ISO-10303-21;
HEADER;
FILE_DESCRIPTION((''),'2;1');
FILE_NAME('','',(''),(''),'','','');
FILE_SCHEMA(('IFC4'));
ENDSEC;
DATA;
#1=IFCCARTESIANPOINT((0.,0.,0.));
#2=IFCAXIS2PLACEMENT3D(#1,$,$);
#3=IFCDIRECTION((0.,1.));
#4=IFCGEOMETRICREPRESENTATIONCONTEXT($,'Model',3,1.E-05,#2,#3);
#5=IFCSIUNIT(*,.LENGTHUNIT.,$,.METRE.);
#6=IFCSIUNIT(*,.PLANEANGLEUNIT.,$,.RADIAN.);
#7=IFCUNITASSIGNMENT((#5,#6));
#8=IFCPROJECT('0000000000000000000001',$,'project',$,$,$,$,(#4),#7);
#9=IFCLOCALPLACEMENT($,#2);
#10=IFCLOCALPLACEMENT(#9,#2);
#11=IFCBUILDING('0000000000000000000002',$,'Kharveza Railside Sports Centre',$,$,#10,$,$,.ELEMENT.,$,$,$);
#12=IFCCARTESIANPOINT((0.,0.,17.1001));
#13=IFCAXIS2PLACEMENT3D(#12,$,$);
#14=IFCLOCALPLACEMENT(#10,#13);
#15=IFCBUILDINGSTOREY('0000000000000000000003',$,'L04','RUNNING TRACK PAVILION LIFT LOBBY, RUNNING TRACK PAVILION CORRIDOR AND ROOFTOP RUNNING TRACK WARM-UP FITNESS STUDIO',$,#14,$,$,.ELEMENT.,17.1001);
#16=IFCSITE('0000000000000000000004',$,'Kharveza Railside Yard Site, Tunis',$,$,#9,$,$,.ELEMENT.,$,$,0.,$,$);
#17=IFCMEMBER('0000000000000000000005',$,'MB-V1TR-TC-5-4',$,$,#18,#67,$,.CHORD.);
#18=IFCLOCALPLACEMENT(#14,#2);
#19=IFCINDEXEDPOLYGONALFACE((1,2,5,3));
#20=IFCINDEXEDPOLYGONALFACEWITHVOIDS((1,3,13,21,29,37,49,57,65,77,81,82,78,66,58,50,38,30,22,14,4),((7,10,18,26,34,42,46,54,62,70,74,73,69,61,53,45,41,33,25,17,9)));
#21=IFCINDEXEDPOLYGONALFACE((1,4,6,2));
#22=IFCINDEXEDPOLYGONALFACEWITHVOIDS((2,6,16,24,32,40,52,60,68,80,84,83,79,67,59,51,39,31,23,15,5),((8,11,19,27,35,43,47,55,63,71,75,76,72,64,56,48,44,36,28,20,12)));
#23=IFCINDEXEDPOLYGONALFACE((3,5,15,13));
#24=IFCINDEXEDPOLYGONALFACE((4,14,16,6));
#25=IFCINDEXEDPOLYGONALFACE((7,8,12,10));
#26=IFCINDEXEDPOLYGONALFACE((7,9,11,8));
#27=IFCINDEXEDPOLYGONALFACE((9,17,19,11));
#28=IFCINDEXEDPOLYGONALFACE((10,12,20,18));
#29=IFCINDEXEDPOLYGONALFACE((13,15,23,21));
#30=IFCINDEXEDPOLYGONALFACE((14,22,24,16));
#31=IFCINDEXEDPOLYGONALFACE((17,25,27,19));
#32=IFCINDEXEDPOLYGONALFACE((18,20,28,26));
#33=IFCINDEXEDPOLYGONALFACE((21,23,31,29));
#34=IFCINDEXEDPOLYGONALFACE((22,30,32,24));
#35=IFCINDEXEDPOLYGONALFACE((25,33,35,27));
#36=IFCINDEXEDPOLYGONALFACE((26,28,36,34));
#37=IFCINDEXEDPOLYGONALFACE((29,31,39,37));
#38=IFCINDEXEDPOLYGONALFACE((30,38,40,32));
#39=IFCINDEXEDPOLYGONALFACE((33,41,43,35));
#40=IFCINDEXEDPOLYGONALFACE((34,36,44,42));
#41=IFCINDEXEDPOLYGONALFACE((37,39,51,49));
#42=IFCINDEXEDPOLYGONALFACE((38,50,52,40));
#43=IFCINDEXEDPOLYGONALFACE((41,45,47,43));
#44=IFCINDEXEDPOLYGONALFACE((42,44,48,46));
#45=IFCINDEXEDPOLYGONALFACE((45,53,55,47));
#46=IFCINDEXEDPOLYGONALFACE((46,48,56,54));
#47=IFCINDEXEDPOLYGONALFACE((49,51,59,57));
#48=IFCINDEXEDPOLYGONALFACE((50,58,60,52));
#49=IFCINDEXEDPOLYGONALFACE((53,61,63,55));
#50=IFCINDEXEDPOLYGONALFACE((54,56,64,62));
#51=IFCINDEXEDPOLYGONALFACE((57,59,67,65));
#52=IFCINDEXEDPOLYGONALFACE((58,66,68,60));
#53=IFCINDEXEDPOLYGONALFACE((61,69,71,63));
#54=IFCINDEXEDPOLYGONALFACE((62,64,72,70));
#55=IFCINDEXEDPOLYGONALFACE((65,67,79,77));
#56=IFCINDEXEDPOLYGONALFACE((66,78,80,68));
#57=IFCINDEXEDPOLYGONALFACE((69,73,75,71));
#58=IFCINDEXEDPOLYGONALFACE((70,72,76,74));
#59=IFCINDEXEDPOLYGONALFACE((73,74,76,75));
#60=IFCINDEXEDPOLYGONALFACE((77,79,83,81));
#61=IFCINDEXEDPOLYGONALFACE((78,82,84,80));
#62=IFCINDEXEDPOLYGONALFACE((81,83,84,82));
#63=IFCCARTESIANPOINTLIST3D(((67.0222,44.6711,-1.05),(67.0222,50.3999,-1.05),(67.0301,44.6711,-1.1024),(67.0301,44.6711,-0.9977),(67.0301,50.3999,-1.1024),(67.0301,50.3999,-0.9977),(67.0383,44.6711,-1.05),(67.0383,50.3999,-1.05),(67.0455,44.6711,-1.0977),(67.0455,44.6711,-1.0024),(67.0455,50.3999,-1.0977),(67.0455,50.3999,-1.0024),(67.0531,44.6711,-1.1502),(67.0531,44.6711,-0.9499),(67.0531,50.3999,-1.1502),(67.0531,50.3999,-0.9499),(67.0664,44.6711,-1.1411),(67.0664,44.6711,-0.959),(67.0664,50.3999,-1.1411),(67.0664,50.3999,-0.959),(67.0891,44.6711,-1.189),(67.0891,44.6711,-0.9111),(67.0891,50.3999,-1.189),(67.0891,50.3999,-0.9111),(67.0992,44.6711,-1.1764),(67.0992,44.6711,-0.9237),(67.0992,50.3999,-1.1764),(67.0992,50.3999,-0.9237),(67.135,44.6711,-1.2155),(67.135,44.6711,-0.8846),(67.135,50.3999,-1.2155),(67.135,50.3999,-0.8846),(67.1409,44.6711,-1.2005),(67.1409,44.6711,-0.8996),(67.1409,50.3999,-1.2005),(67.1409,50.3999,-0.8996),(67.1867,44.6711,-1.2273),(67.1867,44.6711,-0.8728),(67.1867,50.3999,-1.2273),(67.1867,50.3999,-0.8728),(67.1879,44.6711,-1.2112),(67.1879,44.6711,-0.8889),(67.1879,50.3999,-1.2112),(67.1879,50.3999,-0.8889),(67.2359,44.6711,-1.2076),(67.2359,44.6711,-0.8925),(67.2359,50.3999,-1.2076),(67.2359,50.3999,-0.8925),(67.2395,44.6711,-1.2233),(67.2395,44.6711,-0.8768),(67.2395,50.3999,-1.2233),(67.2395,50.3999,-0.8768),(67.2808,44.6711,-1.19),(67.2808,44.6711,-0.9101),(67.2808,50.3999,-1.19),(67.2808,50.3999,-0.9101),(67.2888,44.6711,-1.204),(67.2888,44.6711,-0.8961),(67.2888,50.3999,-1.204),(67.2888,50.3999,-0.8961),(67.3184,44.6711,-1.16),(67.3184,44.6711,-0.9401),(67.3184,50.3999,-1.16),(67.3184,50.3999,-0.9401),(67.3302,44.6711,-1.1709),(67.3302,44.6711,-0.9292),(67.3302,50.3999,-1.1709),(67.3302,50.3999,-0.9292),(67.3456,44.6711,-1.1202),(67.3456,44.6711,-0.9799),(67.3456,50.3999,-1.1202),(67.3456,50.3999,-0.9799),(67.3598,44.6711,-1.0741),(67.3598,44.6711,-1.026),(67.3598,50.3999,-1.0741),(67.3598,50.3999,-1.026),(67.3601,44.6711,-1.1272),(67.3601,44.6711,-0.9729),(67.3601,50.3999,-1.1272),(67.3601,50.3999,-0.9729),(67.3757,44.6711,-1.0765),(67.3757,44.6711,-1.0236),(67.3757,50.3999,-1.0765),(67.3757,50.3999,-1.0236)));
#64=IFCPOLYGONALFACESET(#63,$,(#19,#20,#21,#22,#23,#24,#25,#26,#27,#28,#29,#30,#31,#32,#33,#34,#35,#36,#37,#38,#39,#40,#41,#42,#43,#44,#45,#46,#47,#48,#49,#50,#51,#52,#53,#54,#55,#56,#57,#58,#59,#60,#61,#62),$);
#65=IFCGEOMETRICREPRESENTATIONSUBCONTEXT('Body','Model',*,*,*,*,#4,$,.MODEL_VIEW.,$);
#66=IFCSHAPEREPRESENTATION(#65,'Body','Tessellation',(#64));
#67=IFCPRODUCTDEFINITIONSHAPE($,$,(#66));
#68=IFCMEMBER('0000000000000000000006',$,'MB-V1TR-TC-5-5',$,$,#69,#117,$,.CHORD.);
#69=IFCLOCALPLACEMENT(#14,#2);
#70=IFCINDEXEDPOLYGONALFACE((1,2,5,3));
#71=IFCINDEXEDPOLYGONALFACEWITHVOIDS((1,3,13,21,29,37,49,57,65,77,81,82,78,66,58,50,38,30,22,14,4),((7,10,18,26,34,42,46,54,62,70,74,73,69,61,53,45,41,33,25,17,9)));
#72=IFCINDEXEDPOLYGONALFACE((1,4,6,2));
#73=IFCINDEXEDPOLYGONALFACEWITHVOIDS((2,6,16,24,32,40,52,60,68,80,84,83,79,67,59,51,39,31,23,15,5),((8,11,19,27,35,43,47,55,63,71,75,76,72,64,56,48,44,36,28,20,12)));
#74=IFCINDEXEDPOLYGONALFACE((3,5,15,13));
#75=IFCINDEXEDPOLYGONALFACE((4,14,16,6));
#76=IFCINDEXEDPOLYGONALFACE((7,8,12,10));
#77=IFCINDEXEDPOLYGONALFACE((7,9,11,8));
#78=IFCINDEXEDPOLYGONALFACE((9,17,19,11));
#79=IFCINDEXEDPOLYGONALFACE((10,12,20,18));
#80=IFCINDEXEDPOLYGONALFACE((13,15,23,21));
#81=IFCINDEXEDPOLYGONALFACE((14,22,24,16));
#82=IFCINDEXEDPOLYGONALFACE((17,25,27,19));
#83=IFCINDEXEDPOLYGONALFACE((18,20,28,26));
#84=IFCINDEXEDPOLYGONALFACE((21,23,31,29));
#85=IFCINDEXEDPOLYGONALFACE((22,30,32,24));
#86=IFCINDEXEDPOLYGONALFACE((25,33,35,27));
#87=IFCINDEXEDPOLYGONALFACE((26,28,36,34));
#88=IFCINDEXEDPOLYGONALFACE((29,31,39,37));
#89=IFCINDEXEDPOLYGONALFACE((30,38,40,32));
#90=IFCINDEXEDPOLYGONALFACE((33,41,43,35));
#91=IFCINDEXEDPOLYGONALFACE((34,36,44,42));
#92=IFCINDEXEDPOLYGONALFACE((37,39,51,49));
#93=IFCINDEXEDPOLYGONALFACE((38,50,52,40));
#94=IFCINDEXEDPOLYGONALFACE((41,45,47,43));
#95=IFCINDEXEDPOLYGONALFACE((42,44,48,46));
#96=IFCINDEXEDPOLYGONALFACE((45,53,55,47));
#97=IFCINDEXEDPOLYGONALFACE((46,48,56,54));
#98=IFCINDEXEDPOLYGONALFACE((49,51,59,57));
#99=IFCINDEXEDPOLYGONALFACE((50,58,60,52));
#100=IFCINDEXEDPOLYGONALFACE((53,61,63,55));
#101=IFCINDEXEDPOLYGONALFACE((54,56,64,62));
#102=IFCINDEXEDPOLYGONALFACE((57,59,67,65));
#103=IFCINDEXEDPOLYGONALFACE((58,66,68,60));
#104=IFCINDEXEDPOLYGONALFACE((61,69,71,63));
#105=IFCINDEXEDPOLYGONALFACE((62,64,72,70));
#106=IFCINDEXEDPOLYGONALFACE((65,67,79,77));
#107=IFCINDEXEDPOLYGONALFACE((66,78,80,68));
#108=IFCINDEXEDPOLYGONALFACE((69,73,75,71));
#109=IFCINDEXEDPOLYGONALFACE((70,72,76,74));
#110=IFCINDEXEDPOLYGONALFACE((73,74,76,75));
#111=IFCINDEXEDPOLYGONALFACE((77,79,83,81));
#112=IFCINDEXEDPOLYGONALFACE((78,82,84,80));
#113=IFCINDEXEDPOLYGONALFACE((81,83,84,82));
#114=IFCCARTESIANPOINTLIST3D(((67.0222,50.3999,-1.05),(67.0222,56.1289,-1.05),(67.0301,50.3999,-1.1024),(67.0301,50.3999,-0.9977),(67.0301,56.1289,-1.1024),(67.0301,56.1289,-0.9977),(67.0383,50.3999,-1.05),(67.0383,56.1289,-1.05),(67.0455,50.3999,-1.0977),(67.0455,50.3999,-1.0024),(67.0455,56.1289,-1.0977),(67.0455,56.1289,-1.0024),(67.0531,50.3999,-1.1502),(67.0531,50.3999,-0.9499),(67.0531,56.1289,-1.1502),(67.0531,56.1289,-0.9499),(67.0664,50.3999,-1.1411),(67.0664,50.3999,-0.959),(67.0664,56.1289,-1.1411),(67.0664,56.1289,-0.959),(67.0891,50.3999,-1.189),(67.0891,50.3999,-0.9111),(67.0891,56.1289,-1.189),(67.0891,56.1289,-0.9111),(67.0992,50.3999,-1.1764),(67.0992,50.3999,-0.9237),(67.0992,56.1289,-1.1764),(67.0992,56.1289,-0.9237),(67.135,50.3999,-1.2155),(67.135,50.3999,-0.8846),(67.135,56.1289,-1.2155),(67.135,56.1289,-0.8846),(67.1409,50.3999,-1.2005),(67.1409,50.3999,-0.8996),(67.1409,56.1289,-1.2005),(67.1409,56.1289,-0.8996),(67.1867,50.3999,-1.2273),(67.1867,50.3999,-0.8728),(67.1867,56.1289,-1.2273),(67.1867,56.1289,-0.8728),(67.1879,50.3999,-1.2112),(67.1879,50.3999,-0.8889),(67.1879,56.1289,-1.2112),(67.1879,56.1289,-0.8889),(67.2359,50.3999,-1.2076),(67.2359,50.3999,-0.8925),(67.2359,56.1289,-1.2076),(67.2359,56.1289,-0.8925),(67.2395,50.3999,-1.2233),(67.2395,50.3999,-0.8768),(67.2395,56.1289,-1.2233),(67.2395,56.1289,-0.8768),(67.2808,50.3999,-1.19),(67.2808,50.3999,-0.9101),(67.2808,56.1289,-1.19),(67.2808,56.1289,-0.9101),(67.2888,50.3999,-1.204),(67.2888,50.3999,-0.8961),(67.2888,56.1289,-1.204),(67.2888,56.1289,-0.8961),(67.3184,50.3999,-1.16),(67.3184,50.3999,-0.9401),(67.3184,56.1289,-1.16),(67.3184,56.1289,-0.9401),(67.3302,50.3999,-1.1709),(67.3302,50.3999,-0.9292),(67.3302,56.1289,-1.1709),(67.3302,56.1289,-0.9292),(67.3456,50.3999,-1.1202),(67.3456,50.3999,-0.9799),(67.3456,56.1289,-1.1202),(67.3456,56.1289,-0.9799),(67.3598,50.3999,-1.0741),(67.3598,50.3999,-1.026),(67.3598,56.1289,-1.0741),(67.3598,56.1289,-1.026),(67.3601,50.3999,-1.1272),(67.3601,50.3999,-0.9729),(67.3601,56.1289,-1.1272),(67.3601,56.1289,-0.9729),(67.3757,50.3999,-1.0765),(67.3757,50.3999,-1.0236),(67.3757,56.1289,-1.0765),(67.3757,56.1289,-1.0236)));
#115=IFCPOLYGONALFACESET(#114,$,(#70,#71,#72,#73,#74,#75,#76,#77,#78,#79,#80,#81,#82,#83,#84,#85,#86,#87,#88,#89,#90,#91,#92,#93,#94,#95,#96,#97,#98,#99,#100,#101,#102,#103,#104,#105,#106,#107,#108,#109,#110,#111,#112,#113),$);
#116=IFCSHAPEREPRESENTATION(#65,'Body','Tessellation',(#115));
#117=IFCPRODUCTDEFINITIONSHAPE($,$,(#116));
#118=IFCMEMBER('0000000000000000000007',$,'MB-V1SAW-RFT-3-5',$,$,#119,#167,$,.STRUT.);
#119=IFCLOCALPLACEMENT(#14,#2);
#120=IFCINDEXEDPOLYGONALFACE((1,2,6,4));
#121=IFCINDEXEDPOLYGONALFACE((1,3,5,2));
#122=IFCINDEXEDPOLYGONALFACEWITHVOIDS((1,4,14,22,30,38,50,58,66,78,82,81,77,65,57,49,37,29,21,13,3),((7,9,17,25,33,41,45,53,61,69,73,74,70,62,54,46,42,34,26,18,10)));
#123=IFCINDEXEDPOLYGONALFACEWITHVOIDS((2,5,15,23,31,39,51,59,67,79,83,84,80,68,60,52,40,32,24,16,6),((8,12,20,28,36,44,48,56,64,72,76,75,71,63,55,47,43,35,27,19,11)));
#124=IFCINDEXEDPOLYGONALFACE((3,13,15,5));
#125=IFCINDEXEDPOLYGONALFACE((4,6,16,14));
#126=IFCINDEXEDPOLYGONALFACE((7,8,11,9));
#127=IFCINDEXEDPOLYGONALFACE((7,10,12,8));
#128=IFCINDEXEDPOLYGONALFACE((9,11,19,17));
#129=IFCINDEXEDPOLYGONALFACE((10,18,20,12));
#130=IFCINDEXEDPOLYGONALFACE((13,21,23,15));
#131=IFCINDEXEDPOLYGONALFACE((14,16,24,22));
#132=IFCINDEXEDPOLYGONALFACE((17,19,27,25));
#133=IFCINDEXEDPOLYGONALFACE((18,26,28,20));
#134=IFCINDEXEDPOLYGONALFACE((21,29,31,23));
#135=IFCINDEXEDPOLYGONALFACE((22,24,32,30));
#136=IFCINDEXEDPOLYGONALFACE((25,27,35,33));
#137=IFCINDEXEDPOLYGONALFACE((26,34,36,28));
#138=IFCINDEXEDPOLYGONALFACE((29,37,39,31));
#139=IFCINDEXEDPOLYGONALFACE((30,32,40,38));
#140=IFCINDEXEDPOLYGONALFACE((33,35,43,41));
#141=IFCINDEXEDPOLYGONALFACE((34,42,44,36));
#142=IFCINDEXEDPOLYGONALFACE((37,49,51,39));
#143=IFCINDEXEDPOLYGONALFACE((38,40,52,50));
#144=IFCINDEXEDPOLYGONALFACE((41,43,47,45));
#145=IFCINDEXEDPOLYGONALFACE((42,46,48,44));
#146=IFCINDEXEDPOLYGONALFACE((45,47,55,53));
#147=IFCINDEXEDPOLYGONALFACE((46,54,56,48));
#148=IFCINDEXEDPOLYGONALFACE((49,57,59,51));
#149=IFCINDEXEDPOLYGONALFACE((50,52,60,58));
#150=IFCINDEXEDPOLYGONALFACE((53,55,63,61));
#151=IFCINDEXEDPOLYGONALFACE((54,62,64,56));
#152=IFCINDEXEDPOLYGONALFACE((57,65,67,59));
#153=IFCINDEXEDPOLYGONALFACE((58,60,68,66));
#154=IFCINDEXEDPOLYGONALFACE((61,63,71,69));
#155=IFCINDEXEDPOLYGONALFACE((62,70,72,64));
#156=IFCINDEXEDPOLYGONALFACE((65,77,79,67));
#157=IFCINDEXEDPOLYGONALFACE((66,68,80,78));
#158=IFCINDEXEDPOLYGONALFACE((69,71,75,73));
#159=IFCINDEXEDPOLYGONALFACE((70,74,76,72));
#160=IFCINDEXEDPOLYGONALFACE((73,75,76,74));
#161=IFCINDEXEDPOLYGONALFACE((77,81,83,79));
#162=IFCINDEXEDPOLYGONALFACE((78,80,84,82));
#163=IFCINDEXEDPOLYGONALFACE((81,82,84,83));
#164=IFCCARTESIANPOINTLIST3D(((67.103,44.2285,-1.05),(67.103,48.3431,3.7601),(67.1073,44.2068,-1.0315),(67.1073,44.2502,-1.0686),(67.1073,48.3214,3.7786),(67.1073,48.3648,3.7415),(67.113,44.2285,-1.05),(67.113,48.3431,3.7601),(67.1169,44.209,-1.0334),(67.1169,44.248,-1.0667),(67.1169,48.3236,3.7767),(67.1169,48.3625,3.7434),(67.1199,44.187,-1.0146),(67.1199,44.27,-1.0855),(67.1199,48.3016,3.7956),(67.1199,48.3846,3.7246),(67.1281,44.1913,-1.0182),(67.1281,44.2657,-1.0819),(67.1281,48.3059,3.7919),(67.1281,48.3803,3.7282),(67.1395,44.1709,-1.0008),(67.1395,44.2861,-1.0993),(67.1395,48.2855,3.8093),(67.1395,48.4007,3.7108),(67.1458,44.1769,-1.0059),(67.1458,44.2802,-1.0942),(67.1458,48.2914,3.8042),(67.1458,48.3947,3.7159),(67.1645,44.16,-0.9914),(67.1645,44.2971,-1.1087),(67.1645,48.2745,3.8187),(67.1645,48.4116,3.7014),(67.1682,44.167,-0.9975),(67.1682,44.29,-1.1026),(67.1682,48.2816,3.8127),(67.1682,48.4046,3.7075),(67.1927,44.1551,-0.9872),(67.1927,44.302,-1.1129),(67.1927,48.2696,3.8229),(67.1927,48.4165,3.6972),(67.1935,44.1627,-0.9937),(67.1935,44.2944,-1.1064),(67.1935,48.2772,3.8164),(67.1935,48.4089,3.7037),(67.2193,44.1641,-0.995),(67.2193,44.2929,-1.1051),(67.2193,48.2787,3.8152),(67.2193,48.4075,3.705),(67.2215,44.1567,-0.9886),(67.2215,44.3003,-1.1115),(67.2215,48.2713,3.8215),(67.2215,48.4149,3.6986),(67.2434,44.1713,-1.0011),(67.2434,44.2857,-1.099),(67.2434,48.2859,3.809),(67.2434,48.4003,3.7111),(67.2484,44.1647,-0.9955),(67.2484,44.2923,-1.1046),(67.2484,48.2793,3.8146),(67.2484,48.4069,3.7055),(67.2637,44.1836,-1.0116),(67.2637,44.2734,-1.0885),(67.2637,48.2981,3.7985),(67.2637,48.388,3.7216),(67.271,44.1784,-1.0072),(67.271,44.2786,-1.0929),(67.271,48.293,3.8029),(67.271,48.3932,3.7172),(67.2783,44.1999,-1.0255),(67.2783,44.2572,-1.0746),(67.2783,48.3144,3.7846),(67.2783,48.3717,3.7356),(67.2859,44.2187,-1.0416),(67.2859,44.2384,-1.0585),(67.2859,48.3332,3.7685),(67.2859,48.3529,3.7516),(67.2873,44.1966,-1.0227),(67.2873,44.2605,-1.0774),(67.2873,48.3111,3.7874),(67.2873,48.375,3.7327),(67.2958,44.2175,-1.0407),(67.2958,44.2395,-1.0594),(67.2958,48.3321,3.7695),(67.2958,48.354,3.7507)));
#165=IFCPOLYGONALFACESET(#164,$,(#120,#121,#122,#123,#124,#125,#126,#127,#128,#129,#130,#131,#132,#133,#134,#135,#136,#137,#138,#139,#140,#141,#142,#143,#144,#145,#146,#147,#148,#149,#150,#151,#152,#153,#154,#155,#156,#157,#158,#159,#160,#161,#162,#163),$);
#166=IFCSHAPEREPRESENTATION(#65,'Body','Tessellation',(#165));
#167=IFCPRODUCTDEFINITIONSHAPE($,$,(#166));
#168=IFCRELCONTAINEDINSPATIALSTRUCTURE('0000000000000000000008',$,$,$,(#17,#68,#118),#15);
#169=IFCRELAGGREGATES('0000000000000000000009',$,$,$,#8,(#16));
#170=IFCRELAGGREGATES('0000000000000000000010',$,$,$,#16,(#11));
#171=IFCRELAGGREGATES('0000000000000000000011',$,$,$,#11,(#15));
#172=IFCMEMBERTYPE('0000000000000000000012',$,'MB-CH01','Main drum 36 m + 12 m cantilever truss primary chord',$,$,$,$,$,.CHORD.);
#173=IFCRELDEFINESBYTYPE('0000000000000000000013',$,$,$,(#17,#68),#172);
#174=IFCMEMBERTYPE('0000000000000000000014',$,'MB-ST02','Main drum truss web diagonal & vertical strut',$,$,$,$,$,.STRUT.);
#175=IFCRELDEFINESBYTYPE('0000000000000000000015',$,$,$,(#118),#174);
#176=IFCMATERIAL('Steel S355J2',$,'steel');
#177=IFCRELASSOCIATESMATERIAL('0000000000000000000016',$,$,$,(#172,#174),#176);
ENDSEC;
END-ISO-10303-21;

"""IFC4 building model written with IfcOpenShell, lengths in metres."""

from ifc_helpers import new_model, si_unit, direction, frame, origin, origin_2d, place, context, subcontext, project, spatial, hollow_circle, extrude, material, material_profile, profile_set, type_object, element, save


model = new_model("IFC4")

# Units and contexts
model_context = context("Model", 3, precision=1e-05, world=origin(), true_north=direction((0.0, 1.0)))
body_context = subcontext(model_context, "Body", "Model", "MODEL_VIEW")
ifc_project = project(units=[si_unit("LENGTHUNIT", "METRE"), si_unit("PLANEANGLEUNIT", "RADIAN")], contexts=[model_context])

# Site, building, storey
site_placement = place(None, origin())
site = spatial("IfcSite", under=ifc_project, at=site_placement, Name="Kharveza Railside Yard Site, Tunis", CompositionType="ELEMENT", RefElevation=0.0)
building_placement = place(site_placement, origin())
building = spatial("IfcBuilding", under=site, at=building_placement, Name="Kharveza Railside Sports Centre", CompositionType="ELEMENT")
storey_placement = place(building_placement, frame((0.0, 0.0, 17.1001)))
storey = spatial("IfcBuildingStorey", under=building, at=storey_placement, Name="L04", Description="RUNNING TRACK PAVILION LIFT LOBBY, RUNNING TRACK PAVILION CORRIDOR AND ROOFTOP RUNNING TRACK WARM-UP FITNESS STUDIO", CompositionType="ELEMENT", Elevation=17.1001)

# Members
ifc_material_1 = material(Name="Steel S355J2", Category="steel")
ifc_material_profile_1 = material_profile(ifc_material_1, hollow_circle(Radius=0.1777, WallThickness=0.0161, at=origin_2d()), Name="CHS 355.6x16.0")
ifc_profile_set_1 = profile_set([ifc_material_profile_1], Name="Steel S355J2")
member_type_1 = type_object("IfcMemberType", Name="MB-CH01", Description="Main drum 36 m + 12 m cantilever truss primary chord", PredefinedType="CHORD", material=ifc_profile_set_1)
member_1_placement = place(storey_placement, frame((67.2, 44.6711, -1.05), z_axis=(0.0, 1.0, 0.0), x_axis=(-1.0, 0.0, 0.0)))
element("IfcMember", 1, at=member_1_placement, inside=storey, type_object=member_type_1, Name="MB-V1TR-TC-5-4", PredefinedType="CHORD", context=body_context, shape_type="SweptSolid", body=[
    extrude(hollow_circle(Radius=0.1777, WallThickness=0.0161, at=origin_2d()), origin(), (0.0, 0.0, 1.0), 5.7288),
])
member_2_placement = place(storey_placement, frame((67.2, 50.3999, -1.05), z_axis=(0.0, 1.0, 0.0), x_axis=(-1.0, 0.0, 0.0)))
element("IfcMember", 2, at=member_2_placement, inside=storey, type_object=member_type_1, Name="MB-V1TR-TC-5-5", PredefinedType="CHORD", context=body_context, shape_type="SweptSolid", body=[
    extrude(hollow_circle(Radius=0.1777, WallThickness=0.0161, at=origin_2d()), origin(), (0.0, 0.0, 1.0), 5.729),
])
ifc_material_profile_2 = material_profile(ifc_material_1, hollow_circle(Radius=0.0969, WallThickness=0.01, at=origin_2d()), Name="CHS 193.7x10.0")
ifc_profile_set_2 = profile_set([ifc_material_profile_2], Name="Steel S355J2")
member_type_2 = type_object("IfcMemberType", Name="MB-ST02", Description="Main drum truss web diagonal & vertical strut", PredefinedType="STRUT", material=ifc_profile_set_2)
member_3_placement = place(storey_placement, frame((67.2, 44.2285, -1.05), z_axis=(0.0, 0.650026, 0.759912), x_axis=(-1.0, 0.0, 0.0)))
element("IfcMember", 3, at=member_3_placement, inside=storey, type_object=member_type_2, Name="MB-V1SAW-RFT-3-5", PredefinedType="STRUT", context=body_context, shape_type="SweptSolid", body=[
    extrude(hollow_circle(Radius=0.0969, WallThickness=0.01, at=origin_2d()), origin(), (0.0, 0.0, 1.0), 6.3298),
])

save(model, "model.ifc")
